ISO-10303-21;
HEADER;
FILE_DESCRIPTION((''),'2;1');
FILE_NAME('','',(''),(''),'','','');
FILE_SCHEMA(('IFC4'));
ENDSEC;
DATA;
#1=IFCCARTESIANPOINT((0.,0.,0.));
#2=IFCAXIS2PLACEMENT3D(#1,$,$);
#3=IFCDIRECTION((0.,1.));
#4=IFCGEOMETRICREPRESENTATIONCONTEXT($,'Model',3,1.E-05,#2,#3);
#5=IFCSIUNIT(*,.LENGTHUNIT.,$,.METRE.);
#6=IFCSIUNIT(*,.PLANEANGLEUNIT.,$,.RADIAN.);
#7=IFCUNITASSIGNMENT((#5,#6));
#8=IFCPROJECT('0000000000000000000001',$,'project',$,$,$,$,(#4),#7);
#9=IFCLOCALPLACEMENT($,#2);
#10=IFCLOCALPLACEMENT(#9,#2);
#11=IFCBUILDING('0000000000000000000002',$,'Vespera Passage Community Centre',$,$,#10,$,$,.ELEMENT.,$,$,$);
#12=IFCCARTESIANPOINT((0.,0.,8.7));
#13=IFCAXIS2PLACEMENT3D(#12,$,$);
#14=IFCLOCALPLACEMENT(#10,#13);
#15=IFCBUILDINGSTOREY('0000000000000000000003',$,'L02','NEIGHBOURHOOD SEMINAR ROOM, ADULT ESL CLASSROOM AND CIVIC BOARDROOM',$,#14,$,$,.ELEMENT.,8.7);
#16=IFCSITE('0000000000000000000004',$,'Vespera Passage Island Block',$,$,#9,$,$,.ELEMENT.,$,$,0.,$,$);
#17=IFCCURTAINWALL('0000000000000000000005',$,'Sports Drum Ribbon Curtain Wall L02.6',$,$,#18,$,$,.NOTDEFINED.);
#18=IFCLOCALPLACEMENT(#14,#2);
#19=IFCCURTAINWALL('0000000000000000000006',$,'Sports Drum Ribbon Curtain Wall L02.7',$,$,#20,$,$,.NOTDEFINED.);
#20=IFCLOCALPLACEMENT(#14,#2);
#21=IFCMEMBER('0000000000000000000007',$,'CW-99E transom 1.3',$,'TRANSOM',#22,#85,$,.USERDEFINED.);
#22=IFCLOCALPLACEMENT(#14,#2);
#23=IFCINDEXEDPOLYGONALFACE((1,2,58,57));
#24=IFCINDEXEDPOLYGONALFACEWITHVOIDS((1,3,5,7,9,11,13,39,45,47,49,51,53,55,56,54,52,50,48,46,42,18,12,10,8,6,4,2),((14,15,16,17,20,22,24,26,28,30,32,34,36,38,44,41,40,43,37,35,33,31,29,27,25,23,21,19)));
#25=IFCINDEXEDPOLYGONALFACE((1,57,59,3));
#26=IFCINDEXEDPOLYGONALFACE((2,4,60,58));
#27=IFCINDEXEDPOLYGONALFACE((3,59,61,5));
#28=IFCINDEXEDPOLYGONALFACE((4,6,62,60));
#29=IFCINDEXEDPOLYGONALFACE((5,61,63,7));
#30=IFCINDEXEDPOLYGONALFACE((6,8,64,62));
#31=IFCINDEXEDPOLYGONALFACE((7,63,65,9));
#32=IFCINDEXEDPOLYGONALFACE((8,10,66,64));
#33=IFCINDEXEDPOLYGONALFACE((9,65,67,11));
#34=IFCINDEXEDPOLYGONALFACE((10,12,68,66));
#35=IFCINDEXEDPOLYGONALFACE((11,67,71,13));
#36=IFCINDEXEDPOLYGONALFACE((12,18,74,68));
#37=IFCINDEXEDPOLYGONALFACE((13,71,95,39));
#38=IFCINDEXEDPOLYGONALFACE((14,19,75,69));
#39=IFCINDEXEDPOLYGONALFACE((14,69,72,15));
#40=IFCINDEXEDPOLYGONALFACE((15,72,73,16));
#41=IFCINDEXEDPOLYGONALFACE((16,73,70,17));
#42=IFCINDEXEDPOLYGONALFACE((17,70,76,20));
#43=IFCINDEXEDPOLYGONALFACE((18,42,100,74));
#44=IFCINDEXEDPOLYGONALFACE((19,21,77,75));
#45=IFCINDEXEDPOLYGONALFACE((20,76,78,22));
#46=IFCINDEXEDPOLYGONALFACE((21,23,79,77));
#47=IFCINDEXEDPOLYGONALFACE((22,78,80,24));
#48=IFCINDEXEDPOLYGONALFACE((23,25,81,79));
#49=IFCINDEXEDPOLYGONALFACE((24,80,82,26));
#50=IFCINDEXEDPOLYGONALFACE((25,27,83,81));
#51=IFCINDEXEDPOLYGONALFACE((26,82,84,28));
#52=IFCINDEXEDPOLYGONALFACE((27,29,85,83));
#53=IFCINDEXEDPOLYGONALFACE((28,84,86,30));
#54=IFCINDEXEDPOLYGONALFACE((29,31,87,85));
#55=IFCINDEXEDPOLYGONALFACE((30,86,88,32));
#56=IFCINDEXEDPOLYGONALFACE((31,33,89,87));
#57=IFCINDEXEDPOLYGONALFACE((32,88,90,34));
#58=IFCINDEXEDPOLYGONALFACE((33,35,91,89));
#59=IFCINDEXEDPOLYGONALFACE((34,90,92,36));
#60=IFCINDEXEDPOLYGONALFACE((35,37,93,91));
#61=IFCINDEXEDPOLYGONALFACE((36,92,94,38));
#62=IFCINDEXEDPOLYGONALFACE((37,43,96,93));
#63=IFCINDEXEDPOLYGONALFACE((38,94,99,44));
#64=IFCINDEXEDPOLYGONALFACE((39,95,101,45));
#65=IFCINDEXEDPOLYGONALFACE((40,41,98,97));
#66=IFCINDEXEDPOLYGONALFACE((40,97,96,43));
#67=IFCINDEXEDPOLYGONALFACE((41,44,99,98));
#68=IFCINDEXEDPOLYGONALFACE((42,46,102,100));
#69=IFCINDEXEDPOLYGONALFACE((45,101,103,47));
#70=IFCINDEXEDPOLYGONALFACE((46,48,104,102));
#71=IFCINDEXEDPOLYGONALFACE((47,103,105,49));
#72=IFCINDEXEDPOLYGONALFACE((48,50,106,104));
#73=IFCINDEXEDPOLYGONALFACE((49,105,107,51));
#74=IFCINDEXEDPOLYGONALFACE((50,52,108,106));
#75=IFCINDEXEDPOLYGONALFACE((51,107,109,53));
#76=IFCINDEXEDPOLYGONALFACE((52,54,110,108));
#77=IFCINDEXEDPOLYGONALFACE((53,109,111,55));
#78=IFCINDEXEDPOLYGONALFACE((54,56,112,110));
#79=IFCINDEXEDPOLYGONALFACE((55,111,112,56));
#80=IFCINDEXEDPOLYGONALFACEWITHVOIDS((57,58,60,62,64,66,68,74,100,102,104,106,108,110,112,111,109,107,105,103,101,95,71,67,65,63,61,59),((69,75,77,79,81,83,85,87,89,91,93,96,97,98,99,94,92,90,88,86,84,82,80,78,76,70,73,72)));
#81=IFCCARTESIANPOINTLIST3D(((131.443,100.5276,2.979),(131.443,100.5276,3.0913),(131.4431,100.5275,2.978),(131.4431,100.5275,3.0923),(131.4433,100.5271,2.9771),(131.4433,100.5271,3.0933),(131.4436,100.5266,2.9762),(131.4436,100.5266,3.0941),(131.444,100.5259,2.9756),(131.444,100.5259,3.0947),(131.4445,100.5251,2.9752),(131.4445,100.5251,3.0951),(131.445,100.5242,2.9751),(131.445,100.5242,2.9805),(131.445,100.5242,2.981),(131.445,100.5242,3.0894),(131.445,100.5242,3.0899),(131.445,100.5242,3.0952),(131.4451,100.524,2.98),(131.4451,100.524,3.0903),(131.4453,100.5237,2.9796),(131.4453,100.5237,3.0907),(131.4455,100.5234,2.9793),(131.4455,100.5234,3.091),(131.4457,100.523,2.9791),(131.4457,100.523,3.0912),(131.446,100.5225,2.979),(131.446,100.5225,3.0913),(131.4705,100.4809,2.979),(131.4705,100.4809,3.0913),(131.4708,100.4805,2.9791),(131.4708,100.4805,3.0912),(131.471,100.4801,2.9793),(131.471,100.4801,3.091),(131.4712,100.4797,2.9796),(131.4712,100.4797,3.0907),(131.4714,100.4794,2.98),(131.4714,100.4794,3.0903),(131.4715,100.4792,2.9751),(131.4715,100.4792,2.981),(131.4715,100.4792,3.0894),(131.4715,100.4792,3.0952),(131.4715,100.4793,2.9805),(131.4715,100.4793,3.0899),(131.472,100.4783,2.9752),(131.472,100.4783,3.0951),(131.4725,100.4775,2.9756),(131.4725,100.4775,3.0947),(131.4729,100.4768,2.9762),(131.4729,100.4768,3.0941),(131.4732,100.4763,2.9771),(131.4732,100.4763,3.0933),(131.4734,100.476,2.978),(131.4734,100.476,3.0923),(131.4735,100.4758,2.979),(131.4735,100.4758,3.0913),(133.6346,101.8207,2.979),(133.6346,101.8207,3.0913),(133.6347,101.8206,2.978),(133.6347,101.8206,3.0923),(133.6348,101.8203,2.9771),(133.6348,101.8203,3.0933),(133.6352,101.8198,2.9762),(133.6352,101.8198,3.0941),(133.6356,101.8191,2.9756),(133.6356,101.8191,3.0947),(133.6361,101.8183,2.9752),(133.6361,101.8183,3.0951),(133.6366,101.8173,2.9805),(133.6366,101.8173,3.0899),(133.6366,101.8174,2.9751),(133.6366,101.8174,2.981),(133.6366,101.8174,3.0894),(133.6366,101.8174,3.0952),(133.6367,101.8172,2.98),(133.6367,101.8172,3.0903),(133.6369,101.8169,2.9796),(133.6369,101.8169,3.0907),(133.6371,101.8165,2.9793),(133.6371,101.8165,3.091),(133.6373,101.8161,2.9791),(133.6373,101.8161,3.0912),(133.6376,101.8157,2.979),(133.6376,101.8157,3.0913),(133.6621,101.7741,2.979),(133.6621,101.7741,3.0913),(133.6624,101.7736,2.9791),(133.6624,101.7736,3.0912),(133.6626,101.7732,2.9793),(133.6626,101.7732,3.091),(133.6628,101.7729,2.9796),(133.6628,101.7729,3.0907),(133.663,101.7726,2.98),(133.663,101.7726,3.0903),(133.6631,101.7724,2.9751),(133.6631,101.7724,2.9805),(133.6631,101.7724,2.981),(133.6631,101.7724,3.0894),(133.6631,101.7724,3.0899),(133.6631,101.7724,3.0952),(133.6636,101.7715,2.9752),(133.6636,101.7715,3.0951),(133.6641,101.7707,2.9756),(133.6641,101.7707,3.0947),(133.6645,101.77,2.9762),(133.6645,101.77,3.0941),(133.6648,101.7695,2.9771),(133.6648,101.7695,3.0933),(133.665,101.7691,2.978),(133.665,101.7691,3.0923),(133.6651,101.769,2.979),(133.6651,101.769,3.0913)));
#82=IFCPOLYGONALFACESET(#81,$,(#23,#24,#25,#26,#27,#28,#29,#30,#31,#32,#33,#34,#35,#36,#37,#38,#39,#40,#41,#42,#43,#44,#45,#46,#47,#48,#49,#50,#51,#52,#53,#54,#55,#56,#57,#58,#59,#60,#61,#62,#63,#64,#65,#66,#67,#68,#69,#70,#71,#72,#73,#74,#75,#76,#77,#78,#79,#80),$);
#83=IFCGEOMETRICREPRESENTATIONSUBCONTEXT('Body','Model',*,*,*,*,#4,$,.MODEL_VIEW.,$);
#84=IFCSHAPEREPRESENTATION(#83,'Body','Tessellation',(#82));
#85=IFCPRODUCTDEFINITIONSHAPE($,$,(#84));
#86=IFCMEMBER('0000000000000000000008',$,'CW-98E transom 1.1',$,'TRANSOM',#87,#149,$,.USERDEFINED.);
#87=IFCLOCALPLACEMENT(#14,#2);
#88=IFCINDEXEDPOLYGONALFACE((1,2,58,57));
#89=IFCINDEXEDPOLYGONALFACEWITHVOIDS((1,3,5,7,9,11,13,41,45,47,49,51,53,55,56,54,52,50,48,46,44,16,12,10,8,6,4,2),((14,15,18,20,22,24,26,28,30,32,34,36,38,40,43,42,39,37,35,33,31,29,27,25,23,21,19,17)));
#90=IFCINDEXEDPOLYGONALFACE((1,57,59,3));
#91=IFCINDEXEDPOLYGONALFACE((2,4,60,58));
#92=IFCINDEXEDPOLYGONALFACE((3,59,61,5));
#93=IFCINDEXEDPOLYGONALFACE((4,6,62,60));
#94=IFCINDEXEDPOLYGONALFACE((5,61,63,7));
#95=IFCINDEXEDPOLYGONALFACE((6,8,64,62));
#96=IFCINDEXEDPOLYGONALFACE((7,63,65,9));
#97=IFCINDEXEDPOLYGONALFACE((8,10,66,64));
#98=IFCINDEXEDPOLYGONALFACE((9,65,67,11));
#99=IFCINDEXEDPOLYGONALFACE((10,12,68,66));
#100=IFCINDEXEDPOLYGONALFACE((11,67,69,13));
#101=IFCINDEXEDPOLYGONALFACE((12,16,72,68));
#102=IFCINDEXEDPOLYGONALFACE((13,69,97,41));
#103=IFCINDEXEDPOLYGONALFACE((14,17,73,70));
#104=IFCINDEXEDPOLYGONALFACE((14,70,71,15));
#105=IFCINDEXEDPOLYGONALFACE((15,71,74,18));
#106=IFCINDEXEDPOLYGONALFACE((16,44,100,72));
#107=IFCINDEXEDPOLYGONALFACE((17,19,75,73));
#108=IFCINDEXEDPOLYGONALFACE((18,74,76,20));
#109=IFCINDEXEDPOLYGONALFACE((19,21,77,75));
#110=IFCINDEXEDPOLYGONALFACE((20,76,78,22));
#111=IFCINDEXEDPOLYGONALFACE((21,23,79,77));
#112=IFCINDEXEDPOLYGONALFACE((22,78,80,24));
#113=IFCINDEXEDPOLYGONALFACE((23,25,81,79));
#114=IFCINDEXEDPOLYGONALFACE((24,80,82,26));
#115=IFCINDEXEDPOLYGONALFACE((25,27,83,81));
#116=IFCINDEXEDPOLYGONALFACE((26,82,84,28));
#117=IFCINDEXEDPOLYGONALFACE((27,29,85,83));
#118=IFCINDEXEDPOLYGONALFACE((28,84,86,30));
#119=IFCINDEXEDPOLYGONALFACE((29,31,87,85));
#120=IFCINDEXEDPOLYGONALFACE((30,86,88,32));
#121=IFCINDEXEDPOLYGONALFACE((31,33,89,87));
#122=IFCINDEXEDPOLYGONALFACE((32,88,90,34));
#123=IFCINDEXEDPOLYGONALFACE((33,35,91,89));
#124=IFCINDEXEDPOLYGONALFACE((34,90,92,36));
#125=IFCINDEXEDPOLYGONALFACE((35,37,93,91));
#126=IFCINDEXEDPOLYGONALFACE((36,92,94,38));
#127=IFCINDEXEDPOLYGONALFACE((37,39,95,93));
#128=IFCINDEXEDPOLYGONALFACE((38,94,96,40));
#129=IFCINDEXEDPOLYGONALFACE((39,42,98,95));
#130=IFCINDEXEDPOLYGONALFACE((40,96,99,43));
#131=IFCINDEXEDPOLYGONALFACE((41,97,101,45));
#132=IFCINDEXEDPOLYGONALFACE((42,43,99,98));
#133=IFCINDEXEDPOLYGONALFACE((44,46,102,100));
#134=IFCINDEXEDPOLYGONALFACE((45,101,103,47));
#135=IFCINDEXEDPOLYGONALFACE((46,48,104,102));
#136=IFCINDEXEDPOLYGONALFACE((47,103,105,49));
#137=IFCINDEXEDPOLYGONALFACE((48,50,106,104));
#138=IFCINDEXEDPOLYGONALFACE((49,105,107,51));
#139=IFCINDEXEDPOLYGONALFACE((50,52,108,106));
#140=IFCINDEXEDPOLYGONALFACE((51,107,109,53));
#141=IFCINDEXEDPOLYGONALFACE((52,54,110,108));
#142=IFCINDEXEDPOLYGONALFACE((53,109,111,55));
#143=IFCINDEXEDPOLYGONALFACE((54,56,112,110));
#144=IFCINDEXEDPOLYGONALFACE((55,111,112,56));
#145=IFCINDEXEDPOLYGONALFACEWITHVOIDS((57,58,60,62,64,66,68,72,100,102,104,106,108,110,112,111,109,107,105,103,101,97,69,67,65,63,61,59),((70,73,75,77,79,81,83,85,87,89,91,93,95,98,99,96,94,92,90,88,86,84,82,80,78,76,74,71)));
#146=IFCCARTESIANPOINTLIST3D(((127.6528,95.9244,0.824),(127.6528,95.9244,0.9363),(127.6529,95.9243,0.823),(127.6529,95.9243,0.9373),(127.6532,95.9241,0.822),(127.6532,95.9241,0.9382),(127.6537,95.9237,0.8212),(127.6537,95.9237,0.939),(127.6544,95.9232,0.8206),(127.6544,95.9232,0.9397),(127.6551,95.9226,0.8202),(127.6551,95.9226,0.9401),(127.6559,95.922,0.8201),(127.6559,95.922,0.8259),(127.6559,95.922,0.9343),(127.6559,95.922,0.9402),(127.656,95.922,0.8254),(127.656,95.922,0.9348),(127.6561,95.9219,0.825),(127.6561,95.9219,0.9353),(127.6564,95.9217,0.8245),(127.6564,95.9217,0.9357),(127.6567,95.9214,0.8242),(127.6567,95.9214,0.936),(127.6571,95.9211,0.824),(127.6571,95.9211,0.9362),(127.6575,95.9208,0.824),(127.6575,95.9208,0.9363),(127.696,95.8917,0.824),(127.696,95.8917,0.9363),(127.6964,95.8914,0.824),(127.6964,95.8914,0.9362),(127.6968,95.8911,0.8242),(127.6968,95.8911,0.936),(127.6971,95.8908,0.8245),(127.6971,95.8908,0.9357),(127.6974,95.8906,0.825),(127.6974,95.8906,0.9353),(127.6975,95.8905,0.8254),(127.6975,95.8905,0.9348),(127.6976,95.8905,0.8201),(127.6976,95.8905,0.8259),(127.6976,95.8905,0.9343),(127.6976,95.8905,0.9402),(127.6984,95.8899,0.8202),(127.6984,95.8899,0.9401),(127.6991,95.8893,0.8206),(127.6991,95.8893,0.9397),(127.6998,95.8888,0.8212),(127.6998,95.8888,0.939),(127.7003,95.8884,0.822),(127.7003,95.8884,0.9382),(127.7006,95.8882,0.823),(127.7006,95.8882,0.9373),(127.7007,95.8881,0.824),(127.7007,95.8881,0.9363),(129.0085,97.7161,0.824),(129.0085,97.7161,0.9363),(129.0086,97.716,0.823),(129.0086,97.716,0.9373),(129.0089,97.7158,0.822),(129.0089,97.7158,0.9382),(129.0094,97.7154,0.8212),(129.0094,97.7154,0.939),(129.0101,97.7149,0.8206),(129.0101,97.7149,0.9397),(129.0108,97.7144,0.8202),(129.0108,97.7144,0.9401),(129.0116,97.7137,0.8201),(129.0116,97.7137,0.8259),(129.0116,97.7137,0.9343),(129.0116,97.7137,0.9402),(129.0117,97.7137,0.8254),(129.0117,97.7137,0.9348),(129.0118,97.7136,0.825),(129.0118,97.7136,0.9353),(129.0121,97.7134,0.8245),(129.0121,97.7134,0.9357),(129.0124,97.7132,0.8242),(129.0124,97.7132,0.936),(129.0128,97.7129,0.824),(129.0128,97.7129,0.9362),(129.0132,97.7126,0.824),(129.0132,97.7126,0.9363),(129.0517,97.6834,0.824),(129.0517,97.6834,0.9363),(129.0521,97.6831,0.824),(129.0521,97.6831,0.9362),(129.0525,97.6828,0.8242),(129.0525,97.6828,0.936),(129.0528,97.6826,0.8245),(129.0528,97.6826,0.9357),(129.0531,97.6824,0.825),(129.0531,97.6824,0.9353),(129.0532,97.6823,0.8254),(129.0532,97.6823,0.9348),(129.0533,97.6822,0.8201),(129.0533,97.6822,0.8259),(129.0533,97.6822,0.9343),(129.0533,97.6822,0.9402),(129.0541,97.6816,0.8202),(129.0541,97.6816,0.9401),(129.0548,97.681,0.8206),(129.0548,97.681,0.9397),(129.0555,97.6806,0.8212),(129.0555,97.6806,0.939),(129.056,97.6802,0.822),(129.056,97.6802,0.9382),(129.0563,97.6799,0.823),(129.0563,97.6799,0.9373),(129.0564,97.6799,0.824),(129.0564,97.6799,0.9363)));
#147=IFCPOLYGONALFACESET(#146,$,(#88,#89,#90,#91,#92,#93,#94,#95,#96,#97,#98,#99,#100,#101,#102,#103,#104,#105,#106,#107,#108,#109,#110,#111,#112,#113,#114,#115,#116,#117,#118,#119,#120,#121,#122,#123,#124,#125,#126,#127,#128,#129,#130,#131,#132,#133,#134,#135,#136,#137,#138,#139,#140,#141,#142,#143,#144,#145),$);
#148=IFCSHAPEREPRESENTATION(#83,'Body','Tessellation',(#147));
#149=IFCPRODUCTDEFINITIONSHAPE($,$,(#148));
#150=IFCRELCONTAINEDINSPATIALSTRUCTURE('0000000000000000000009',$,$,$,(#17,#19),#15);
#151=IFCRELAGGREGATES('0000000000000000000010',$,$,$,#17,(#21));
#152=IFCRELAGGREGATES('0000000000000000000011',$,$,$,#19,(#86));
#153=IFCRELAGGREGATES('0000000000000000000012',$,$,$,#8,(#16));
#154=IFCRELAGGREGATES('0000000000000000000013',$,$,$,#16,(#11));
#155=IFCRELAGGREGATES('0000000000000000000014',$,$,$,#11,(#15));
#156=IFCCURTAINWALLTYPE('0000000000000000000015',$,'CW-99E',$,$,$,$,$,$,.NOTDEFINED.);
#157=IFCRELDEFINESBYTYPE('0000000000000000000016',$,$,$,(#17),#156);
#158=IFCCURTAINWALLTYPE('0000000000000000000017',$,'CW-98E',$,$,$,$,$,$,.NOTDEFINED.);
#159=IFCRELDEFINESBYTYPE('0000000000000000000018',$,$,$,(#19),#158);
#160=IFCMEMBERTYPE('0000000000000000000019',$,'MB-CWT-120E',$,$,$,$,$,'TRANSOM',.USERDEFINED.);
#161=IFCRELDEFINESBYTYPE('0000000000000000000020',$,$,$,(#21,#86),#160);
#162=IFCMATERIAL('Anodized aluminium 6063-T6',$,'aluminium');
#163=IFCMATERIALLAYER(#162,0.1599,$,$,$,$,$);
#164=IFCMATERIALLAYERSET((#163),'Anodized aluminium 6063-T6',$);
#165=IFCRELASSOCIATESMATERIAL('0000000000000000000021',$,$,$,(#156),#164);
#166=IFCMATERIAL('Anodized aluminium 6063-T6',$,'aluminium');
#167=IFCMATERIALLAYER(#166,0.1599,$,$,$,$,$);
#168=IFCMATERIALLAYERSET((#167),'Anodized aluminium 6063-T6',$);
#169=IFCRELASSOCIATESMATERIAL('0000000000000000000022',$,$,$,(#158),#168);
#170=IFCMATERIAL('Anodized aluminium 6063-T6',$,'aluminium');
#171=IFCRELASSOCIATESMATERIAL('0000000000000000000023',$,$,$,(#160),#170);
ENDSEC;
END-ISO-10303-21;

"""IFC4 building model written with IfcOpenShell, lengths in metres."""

from ifc_helpers import new_model, si_unit, direction, frame, origin, origin_2d, place, context, subcontext, project, spatial, hollow_rectangle, extrude, material, layer, layer_set, material_profile, profile_set, type_object, element, aggregate, save


model = new_model("IFC4")

# Units and contexts
model_context = context("Model", 3, precision=1e-05, world=origin(), true_north=direction((0.0, 1.0)))
body_context = subcontext(model_context, "Body", "Model", "MODEL_VIEW")
ifc_project = project(units=[si_unit("LENGTHUNIT", "METRE"), si_unit("PLANEANGLEUNIT", "RADIAN")], contexts=[model_context])

# Site, building, storey
site_placement = place(None, origin())
site = spatial("IfcSite", under=ifc_project, at=site_placement, Name="Vespera Passage Island Block", CompositionType="ELEMENT", RefElevation=0.0)
building_placement = place(site_placement, origin())
building = spatial("IfcBuilding", under=site, at=building_placement, Name="Vespera Passage Community Centre", CompositionType="ELEMENT")
storey_placement = place(building_placement, frame((0.0, 0.0, 8.7)))
storey = spatial("IfcBuildingStorey", under=building, at=storey_placement, Name="L02", Description="NEIGHBOURHOOD SEMINAR ROOM, ADULT ESL CLASSROOM AND CIVIC BOARDROOM", CompositionType="ELEMENT", Elevation=8.7)

# Curtain wall
ifc_material_1 = material(Name="Anodized aluminium 6063-T6", Category="aluminium")
ifc_layer_1 = layer(ifc_material_1, 0.1599)
ifc_layer_set_1 = layer_set([ifc_layer_1], Name="Anodized aluminium 6063-T6")
curtain_wall_type_1 = type_object("IfcCurtainWallType", Name="CW-99E", PredefinedType="NOTDEFINED", material=ifc_layer_set_1)
curtain_wall_1_placement = place(storey_placement, origin())
curtain_wall_1 = element("IfcCurtainWall", 1, at=curtain_wall_1_placement, inside=storey, type_object=curtain_wall_type_1, Name="Sports Drum Ribbon Curtain Wall L02.6", PredefinedType="NOTDEFINED")

# Curtain wall
ifc_material_2 = material(Name="Anodized aluminium 6063-T6", Category="aluminium")
ifc_layer_2 = layer(ifc_material_2, 0.1599)
ifc_layer_set_2 = layer_set([ifc_layer_2], Name="Anodized aluminium 6063-T6")
curtain_wall_type_2 = type_object("IfcCurtainWallType", Name="CW-98E", PredefinedType="NOTDEFINED", material=ifc_layer_set_2)
curtain_wall_2_placement = place(storey_placement, origin())
curtain_wall_2 = element("IfcCurtainWall", 2, at=curtain_wall_2_placement, inside=storey, type_object=curtain_wall_type_2, Name="Sports Drum Ribbon Curtain Wall L02.7", PredefinedType="NOTDEFINED")

# Members
ifc_material_3 = material(Name="Anodized aluminium 6063-T6", Category="aluminium")
ifc_material_profile_1 = material_profile(ifc_material_3, hollow_rectangle(XDim=0.0601, YDim=0.1201, WallThickness=0.0039, InnerFilletRadius=0.002, OuterFilletRadius=0.0039, at=origin_2d()), Name="ALU120X60X4")
ifc_profile_set_1 = profile_set([ifc_material_profile_1], Name="Anodized aluminium 6063-T6")
member_type_1 = type_object("IfcMemberType", Name="MB-CWT-120E", ElementType="TRANSOM", PredefinedType="USERDEFINED", material=ifc_profile_set_1)
member_1_placement = place(storey_placement, frame((131.4583, 100.5017, 3.0352), z_axis=(0.861245, 0.508189, 0.0), x_axis=(-0.508189, 0.861245, 0.0)))
member_1 = element("IfcMember", 3, at=member_1_placement, type_object=member_type_1, Name="CW-99E transom 1.3", ObjectType="TRANSOM", PredefinedType="USERDEFINED", context=body_context, shape_type="SweptSolid", body=[
    extrude(hollow_rectangle(XDim=0.0601, YDim=0.1201, WallThickness=0.0039, InnerFilletRadius=0.002, OuterFilletRadius=0.0039, at=origin_2d()), origin(), (0.0, 0.0, 1.0), 2.5447),
])
member_2_placement = place(storey_placement, frame((127.6768, 95.9062, 0.8801), z_axis=(0.603385, 0.79745, 0.0), x_axis=(-0.79745, 0.603385, 0.0)))
member_2 = element("IfcMember", 4, at=member_2_placement, type_object=member_type_1, Name="CW-98E transom 1.1", ObjectType="TRANSOM", PredefinedType="USERDEFINED", context=body_context, shape_type="SweptSolid", body=[
    extrude(hollow_rectangle(XDim=0.0601, YDim=0.1201, WallThickness=0.0039, InnerFilletRadius=0.002, OuterFilletRadius=0.0039, at=origin_2d()), origin(), (0.0, 0.0, 1.0), 2.2468),
])

aggregate(curtain_wall_1, [member_1])
aggregate(curtain_wall_2, [member_2])

save(model, "model.ifc")
